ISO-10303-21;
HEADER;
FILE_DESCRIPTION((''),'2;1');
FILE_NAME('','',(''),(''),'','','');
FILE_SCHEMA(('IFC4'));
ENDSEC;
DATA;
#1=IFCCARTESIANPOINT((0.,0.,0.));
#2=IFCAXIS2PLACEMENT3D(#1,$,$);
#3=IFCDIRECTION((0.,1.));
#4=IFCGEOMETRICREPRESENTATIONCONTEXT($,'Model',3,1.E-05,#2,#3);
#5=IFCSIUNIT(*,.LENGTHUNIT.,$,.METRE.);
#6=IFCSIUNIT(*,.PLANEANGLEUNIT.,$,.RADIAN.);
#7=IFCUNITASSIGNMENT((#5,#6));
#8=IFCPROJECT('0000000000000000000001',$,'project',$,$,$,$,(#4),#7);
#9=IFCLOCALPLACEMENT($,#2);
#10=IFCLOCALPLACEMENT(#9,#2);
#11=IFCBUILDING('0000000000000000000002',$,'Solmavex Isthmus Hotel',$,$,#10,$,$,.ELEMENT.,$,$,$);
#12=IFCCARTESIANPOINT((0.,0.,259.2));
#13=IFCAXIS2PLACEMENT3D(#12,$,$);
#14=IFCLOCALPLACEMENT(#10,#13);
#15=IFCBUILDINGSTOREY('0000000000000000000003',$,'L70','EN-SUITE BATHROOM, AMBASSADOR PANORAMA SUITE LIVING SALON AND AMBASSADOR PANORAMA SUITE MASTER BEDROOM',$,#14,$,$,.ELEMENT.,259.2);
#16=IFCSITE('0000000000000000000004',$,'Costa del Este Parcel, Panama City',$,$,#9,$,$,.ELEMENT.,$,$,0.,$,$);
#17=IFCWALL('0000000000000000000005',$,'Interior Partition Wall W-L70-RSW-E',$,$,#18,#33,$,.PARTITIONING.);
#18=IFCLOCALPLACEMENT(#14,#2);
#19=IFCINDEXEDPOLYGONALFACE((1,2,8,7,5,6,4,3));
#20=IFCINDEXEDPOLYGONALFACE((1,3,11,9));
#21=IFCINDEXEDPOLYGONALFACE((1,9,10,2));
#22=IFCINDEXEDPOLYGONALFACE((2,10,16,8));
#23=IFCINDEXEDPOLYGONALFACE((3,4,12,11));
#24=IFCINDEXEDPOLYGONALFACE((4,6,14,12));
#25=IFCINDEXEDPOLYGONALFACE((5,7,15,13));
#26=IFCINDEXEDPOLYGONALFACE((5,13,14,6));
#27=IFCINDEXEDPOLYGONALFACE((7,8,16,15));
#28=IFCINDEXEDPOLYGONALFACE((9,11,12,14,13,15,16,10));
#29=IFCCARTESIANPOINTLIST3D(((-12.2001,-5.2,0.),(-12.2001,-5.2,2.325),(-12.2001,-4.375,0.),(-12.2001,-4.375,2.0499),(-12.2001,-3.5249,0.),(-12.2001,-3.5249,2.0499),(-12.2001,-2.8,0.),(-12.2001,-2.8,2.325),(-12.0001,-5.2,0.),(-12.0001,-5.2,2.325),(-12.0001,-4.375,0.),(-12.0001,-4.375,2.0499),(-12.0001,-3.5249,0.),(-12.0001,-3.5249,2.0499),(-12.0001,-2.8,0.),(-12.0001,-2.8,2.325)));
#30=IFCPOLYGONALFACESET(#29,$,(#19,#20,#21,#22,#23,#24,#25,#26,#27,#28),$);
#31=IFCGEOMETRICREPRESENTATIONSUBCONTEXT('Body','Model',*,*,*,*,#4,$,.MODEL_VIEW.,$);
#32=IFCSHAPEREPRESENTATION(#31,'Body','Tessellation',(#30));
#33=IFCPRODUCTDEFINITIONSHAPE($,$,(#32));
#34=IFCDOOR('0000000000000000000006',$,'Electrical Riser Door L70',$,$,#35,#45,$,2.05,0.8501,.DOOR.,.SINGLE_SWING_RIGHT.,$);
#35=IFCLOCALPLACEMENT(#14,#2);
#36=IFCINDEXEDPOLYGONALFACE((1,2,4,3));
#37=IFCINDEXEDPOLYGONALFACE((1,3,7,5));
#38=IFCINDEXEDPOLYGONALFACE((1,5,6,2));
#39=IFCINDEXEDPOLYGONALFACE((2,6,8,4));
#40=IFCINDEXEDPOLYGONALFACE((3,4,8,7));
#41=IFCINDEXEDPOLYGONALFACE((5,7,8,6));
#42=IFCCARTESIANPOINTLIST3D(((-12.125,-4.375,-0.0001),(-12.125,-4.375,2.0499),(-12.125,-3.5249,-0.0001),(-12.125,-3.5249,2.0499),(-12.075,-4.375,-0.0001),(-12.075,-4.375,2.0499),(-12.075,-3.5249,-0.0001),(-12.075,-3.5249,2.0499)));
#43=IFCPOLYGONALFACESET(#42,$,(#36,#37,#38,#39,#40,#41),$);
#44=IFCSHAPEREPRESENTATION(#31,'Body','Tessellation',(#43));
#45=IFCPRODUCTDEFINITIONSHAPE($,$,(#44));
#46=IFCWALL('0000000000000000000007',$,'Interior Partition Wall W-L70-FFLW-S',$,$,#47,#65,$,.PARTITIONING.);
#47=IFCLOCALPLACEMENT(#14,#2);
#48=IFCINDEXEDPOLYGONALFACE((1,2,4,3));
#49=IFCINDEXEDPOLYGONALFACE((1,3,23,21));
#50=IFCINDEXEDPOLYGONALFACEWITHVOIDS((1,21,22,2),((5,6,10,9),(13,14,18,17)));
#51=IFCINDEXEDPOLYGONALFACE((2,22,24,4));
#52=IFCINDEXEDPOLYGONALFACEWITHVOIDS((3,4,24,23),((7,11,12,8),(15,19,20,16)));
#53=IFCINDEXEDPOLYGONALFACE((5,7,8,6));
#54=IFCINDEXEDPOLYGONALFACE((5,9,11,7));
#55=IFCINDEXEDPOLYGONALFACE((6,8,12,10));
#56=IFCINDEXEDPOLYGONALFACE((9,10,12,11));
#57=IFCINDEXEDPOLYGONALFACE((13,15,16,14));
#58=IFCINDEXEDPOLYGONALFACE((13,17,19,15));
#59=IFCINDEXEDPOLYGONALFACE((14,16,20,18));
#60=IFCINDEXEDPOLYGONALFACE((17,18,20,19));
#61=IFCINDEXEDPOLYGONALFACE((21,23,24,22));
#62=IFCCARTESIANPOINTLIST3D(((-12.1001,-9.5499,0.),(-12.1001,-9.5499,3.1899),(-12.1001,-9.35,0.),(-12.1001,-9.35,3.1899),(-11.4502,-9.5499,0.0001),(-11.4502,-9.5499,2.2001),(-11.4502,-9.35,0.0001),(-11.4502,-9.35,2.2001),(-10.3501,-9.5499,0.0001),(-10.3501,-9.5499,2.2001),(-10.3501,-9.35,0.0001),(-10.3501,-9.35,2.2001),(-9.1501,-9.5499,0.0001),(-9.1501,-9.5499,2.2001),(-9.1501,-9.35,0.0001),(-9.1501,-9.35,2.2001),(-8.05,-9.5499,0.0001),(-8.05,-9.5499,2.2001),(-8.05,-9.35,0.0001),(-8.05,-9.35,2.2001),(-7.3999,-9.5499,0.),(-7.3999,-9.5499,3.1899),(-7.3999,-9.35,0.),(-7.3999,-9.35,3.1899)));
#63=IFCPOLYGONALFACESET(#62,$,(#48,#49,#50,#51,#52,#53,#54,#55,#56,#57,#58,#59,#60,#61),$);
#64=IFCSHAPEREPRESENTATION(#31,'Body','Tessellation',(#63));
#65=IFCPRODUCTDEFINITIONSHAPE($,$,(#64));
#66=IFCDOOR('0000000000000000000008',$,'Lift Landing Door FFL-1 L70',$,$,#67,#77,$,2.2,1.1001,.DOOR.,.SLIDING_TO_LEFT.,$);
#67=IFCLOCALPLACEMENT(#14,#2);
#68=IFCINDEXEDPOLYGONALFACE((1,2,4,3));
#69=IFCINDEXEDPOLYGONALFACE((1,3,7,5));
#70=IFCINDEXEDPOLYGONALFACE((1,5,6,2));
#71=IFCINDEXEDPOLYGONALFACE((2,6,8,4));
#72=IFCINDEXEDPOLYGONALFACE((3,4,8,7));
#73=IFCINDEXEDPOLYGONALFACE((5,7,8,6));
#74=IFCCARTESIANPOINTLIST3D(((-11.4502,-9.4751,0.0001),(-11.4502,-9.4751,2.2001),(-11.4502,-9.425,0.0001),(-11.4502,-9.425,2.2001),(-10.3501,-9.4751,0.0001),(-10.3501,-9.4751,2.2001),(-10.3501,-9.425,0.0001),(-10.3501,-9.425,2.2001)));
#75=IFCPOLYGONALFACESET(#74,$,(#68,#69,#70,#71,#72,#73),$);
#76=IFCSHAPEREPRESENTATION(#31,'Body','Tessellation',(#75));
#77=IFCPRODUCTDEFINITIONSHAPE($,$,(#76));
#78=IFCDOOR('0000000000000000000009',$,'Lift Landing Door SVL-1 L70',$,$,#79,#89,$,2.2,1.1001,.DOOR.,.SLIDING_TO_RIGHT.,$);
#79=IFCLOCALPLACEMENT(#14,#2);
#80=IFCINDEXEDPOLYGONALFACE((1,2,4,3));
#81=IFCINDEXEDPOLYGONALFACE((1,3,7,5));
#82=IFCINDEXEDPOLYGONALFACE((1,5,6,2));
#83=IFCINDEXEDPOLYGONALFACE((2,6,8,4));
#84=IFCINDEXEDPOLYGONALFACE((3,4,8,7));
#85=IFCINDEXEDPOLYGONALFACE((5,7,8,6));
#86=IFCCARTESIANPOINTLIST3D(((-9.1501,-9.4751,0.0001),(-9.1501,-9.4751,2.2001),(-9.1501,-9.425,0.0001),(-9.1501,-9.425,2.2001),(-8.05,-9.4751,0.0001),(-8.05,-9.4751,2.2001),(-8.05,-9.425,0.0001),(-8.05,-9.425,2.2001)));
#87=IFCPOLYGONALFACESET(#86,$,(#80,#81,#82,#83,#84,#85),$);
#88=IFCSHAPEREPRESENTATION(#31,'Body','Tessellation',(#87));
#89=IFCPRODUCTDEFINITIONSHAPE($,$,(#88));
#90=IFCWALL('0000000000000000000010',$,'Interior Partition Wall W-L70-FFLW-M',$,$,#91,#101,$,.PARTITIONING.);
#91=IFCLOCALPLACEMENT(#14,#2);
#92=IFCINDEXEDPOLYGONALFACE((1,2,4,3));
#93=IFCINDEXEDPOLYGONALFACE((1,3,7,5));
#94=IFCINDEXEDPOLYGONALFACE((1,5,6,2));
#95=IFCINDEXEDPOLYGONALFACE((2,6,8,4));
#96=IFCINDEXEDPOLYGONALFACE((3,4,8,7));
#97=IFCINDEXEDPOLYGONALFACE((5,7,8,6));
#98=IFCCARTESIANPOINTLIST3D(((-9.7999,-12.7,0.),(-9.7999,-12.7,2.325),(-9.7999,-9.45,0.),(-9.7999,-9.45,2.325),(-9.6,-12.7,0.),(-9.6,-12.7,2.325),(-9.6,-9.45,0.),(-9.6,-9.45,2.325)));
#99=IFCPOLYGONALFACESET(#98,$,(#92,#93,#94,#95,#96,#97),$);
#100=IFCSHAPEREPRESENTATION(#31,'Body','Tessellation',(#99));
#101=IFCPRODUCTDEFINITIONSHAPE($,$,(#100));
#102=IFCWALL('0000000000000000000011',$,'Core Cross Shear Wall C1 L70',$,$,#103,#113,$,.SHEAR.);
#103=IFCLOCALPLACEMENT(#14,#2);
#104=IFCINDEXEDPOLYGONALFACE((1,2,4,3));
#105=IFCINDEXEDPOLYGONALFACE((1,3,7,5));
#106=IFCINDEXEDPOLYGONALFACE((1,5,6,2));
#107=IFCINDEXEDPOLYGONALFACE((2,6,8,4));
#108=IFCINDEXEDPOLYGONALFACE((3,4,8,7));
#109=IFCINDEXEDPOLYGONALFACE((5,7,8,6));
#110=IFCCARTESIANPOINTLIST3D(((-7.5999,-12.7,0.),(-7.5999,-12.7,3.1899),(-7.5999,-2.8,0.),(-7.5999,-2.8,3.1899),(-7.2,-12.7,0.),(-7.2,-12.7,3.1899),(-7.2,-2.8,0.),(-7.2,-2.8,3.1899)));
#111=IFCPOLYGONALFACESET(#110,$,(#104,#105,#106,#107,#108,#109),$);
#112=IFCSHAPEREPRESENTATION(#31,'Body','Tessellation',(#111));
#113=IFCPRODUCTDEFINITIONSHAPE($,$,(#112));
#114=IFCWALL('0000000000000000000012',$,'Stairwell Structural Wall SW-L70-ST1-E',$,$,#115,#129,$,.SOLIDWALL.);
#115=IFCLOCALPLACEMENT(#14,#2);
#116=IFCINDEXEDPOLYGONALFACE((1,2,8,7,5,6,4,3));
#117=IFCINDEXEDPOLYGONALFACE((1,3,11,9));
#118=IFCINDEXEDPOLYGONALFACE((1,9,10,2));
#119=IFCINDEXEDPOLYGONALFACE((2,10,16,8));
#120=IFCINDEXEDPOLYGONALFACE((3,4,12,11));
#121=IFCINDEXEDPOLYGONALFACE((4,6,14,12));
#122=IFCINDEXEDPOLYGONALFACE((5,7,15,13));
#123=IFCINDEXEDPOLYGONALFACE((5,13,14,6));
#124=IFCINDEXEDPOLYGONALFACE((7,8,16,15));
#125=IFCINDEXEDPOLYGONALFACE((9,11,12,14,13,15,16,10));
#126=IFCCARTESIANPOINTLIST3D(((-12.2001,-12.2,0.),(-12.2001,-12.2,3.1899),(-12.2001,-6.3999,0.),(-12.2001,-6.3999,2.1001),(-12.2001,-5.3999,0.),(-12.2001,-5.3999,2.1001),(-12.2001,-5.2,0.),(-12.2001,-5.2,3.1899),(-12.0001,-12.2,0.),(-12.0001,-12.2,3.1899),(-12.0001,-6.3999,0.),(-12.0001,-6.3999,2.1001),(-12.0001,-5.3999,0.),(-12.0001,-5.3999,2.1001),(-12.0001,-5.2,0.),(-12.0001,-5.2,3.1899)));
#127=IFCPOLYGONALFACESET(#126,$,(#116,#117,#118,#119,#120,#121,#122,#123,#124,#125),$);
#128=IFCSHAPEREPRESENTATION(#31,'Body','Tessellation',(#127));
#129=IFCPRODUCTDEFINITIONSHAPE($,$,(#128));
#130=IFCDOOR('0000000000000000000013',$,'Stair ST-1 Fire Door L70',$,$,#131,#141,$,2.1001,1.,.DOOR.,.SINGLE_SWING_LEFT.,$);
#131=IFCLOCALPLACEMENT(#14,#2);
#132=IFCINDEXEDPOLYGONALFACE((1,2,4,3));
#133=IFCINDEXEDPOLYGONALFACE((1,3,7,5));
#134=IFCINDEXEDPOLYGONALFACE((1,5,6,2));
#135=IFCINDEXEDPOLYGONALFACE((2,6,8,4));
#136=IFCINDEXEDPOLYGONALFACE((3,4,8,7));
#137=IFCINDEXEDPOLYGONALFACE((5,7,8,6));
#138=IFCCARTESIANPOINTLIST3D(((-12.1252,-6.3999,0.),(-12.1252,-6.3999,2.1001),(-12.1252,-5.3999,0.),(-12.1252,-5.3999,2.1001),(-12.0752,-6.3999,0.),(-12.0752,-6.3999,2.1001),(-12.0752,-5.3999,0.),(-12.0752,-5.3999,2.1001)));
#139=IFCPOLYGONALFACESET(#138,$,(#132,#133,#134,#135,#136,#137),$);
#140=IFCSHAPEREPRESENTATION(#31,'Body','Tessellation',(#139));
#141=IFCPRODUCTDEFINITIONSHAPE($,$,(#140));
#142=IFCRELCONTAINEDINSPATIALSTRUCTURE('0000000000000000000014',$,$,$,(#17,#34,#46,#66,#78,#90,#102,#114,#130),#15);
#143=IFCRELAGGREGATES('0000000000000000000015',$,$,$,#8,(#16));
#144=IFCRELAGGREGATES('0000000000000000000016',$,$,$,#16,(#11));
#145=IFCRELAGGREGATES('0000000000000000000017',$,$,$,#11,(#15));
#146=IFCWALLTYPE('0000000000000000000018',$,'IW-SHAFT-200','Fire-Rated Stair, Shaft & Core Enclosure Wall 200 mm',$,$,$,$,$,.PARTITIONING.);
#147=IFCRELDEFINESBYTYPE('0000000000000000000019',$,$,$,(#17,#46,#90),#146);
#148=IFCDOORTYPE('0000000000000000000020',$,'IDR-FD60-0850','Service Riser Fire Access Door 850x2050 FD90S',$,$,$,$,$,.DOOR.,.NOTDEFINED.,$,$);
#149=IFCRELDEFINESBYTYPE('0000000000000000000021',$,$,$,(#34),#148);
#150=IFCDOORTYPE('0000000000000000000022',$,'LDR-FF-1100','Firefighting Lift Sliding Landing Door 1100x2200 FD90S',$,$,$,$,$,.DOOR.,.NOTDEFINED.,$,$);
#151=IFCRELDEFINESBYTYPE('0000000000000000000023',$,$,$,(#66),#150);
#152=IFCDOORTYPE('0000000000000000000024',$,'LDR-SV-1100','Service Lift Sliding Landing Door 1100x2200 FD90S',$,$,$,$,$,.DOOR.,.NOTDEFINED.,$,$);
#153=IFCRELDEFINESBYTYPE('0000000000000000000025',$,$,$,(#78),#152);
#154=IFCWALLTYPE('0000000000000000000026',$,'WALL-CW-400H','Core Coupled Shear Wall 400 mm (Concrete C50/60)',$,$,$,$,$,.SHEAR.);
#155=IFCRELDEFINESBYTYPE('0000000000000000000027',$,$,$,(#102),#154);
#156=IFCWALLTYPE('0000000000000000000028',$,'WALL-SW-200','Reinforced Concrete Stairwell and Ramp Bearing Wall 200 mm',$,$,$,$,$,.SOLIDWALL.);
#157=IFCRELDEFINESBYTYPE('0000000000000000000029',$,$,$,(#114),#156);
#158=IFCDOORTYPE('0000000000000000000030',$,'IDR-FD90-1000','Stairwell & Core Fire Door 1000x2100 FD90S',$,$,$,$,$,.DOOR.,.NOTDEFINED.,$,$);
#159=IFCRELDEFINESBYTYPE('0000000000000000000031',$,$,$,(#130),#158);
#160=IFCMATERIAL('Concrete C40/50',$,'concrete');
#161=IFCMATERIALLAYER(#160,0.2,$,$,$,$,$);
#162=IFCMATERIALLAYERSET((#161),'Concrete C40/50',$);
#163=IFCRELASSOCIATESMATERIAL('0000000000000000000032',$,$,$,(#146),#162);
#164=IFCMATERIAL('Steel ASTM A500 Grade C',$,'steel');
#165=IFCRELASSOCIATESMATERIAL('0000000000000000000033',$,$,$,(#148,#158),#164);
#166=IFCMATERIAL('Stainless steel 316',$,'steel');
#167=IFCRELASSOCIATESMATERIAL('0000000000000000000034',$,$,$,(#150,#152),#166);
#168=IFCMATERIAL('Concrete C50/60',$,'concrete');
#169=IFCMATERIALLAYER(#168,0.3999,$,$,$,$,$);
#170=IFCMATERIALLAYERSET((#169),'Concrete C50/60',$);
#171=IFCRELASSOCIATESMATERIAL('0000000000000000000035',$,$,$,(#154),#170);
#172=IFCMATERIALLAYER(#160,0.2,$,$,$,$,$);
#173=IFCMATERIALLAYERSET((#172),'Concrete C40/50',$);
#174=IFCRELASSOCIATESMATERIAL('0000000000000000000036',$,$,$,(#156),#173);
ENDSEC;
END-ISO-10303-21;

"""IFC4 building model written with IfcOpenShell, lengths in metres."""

from ifc_helpers import new_model, si_unit, direction, frame, frame_2d, origin, place, context, subcontext, project, spatial, rectangle, extrude, material, layer, layer_set, type_object, element, fill, save


model = new_model("IFC4")

# Units and contexts
model_context = context("Model", 3, precision=1e-05, world=origin(), true_north=direction((0.0, 1.0)))
body_context = subcontext(model_context, "Body", "Model", "MODEL_VIEW")
ifc_project = project(units=[si_unit("LENGTHUNIT", "METRE"), si_unit("PLANEANGLEUNIT", "RADIAN")], contexts=[model_context])

# Site, building, storey
site_placement = place(None, origin())
site = spatial("IfcSite", under=ifc_project, at=site_placement, Name="Costa del Este Parcel, Panama City", CompositionType="ELEMENT", RefElevation=0.0)
building_placement = place(site_placement, origin())
building = spatial("IfcBuilding", under=site, at=building_placement, Name="Solmavex Isthmus Hotel", CompositionType="ELEMENT")
storey_placement = place(building_placement, frame((0.0, 0.0, 259.2)))
storey = spatial("IfcBuildingStorey", under=building, at=storey_placement, Name="L70", Description="EN-SUITE BATHROOM, AMBASSADOR PANORAMA SUITE LIVING SALON AND AMBASSADOR PANORAMA SUITE MASTER BEDROOM", CompositionType="ELEMENT", Elevation=259.2)

# Shared definitions
ifc_material_1 = material(Name="Concrete C50/60", Category="concrete")

# Wall, opening, door
ifc_material_2 = material(Name="Concrete C40/50", Category="concrete")
ifc_layer_1 = layer(ifc_material_2, 0.2)
ifc_layer_set_1 = layer_set([ifc_layer_1], Name="Concrete C40/50")
wall_type_1 = type_object("IfcWallType", Name="IW-SHAFT-200", Description="Fire-Rated Stair, Shaft & Core Enclosure Wall 200 mm", PredefinedType="PARTITIONING", material=ifc_layer_set_1)
wall_1_placement = place(storey_placement, frame((-12.1001, -5.2, 0.0), z_axis=(0.0, 0.0, 1.0), x_axis=(0.0, 1.0, 0.0)))
wall_1 = element("IfcWall", 1, at=wall_1_placement, inside=storey, type_object=wall_type_1, Name="Interior Partition Wall W-L70-RSW-E", PredefinedType="PARTITIONING", context=body_context, shape_type="SweptSolid", body=[
    extrude(rectangle(XDim=2.3999, YDim=0.2, at=frame_2d((1.2, 0.0))), origin(), (0.0, 0.0, 1.0), 2.325),
])
opening_1_placement = place(wall_1_placement, frame((0.825, 0.0, 0.0)))
opening_1 = element("IfcOpeningElement", 2, at=opening_1_placement, cuts=wall_1, PredefinedType="OPENING", context=body_context, shape_type="SweptSolid", body=[
    extrude(rectangle(XDim=0.8501, YDim=2.05, at=frame_2d((0.425, 1.0249))), frame((0.0, 0.1099, 0.0), z_axis=(0.0, -1.0, 0.0), x_axis=(1.0, 0.0, 0.0)), (0.0, 0.0, 1.0), 0.22),
])
ifc_material_3 = material(Name="Steel ASTM A500 Grade C", Category="steel")
door_type_1 = type_object("IfcDoorType", Name="IDR-FD60-0850", Description="Service Riser Fire Access Door 850x2050 FD90S", OperationType="NOTDEFINED", PredefinedType="DOOR", material=ifc_material_3)
door_1_placement = place(opening_1_placement, origin())
door_1 = element("IfcDoor", 3, at=door_1_placement, inside=storey, type_object=door_type_1, Name="Electrical Riser Door L70", OperationType="SINGLE_SWING_RIGHT", OverallHeight=2.05, OverallWidth=0.8501, PredefinedType="DOOR", context=body_context, shape_type="SweptSolid", body=[
    extrude(rectangle(XDim=0.8501, YDim=2.05, at=frame_2d((0.425, 1.0249))), frame((0.0, 0.0249, 0.0), z_axis=(0.0, -1.0, 0.0), x_axis=(1.0, 0.0, 0.0)), (0.0, 0.0, 1.0), 0.05),
])
fill(opening_1, door_1)

# Wall, openings, doors
wall_2_placement = place(storey_placement, frame((-12.1001, -9.45, 0.0), z_axis=(0.0, 0.0, 1.0), x_axis=(1.0, 0.0, 0.0)))
wall_2 = element("IfcWall", 4, at=wall_2_placement, inside=storey, type_object=wall_type_1, Name="Interior Partition Wall W-L70-FFLW-S", PredefinedType="PARTITIONING", context=body_context, shape_type="SweptSolid", body=[
    extrude(rectangle(XDim=4.7002, YDim=0.2, at=frame_2d((2.3501, 0.0))), origin(), (0.0, 0.0, 1.0), 3.1899),
])
opening_2_placement = place(wall_2_placement, frame((0.6499, 0.0, 0.0)))
opening_2 = element("IfcOpeningElement", 5, at=opening_2_placement, cuts=wall_2, PredefinedType="OPENING", context=body_context, shape_type="SweptSolid", body=[
    extrude(rectangle(XDim=1.1001, YDim=2.2, at=frame_2d((0.55, 1.1001))), frame((0.0, 0.1099, 0.0), z_axis=(0.0, -1.0, 0.0), x_axis=(1.0, 0.0, 0.0)), (0.0, 0.0, 1.0), 0.22),
])
opening_3_placement = place(wall_2_placement, frame((2.95, 0.0, 0.0)))
opening_3 = element("IfcOpeningElement", 6, at=opening_3_placement, cuts=wall_2, PredefinedType="OPENING", context=body_context, shape_type="SweptSolid", body=[
    extrude(rectangle(XDim=1.1001, YDim=2.2, at=frame_2d((0.55, 1.1001))), frame((0.0, 0.1099, 0.0), z_axis=(0.0, -1.0, 0.0), x_axis=(1.0, 0.0, 0.0)), (0.0, 0.0, 1.0), 0.22),
])
ifc_material_4 = material(Name="Stainless steel 316", Category="steel")
door_type_2 = type_object("IfcDoorType", Name="LDR-FF-1100", Description="Firefighting Lift Sliding Landing Door 1100x2200 FD90S", OperationType="NOTDEFINED", PredefinedType="DOOR", material=ifc_material_4)
door_2_placement = place(opening_2_placement, origin())
door_2 = element("IfcDoor", 7, at=door_2_placement, inside=storey, type_object=door_type_2, Name="Lift Landing Door FFL-1 L70", OperationType="SLIDING_TO_LEFT", OverallHeight=2.2, OverallWidth=1.1001, PredefinedType="DOOR", context=body_context, shape_type="SweptSolid", body=[
    extrude(rectangle(XDim=1.1001, YDim=2.2, at=frame_2d((0.55, 1.1001))), frame((0.0, 0.0249, 0.0), z_axis=(0.0, -1.0, 0.0), x_axis=(1.0, 0.0, 0.0)), (0.0, 0.0, 1.0), 0.05),
])
fill(opening_2, door_2)
door_type_3 = type_object("IfcDoorType", Name="LDR-SV-1100", Description="Service Lift Sliding Landing Door 1100x2200 FD90S", OperationType="NOTDEFINED", PredefinedType="DOOR", material=ifc_material_4)
door_3_placement = place(opening_3_placement, origin())
door_3 = element("IfcDoor", 8, at=door_3_placement, inside=storey, type_object=door_type_3, Name="Lift Landing Door SVL-1 L70", OperationType="SLIDING_TO_RIGHT", OverallHeight=2.2, OverallWidth=1.1001, PredefinedType="DOOR", context=body_context, shape_type="SweptSolid", body=[
    extrude(rectangle(XDim=1.1001, YDim=2.2, at=frame_2d((0.55, 1.1001))), frame((0.0, 0.0249, 0.0), z_axis=(0.0, -1.0, 0.0), x_axis=(1.0, 0.0, 0.0)), (0.0, 0.0, 1.0), 0.05),
])
fill(opening_3, door_3)

# Walls
wall_3_placement = place(storey_placement, frame((-9.7, -12.7, 0.0), z_axis=(0.0, 0.0, 1.0), x_axis=(0.0, 1.0, 0.0)))
element("IfcWall", 9, at=wall_3_placement, inside=storey, type_object=wall_type_1, Name="Interior Partition Wall W-L70-FFLW-M", PredefinedType="PARTITIONING", context=body_context, shape_type="SweptSolid", body=[
    extrude(rectangle(XDim=3.25, YDim=0.2, at=frame_2d((1.625, 0.0))), origin(), (0.0, 0.0, 1.0), 2.325),
])
ifc_layer_2 = layer(ifc_material_1, 0.3999)
ifc_layer_set_2 = layer_set([ifc_layer_2], Name="Concrete C50/60")
wall_type_2 = type_object("IfcWallType", Name="WALL-CW-400H", Description="Core Coupled Shear Wall 400 mm (Concrete C50/60)", PredefinedType="SHEAR", material=ifc_layer_set_2)
wall_4_placement = place(storey_placement, frame((-7.3999, -12.7, 0.0), z_axis=(0.0, 0.0, 1.0), x_axis=(0.0, 1.0, 0.0)))
element("IfcWall", 10, at=wall_4_placement, inside=storey, type_object=wall_type_2, Name="Core Cross Shear Wall C1 L70", PredefinedType="SHEAR", context=body_context, shape_type="SweptSolid", body=[
    extrude(rectangle(XDim=9.8999, YDim=0.3999, at=frame_2d((4.95, 0.0))), origin(), (0.0, 0.0, 1.0), 3.1899),
])

# Wall, opening, door
ifc_layer_3 = layer(ifc_material_2, 0.2)
ifc_layer_set_3 = layer_set([ifc_layer_3], Name="Concrete C40/50")
wall_type_3 = type_object("IfcWallType", Name="WALL-SW-200", Description="Reinforced Concrete Stairwell and Ramp Bearing Wall 200 mm", PredefinedType="SOLIDWALL", material=ifc_layer_set_3)
wall_5_placement = place(storey_placement, frame((-12.1001, -12.2, 0.0), z_axis=(0.0, 0.0, 1.0), x_axis=(0.0, 1.0, 0.0)))
wall_5 = element("IfcWall", 11, at=wall_5_placement, inside=storey, type_object=wall_type_3, Name="Stairwell Structural Wall SW-L70-ST1-E", PredefinedType="SOLIDWALL", context=body_context, shape_type="SweptSolid", body=[
    extrude(rectangle(XDim=7.0, YDim=0.2, at=frame_2d((3.5, 0.0))), origin(), (0.0, 0.0, 1.0), 3.1899),
])
opening_4_placement = place(wall_5_placement, frame((5.8, 0.0, 0.0)))
opening_4 = element("IfcOpeningElement", 12, at=opening_4_placement, cuts=wall_5, PredefinedType="OPENING", context=body_context, shape_type="SweptSolid", body=[
    extrude(rectangle(XDim=1.0, YDim=2.1001, at=frame_2d((0.5, 1.05))), frame((0.0, 0.1099, 0.0), z_axis=(0.0, -1.0, 0.0), x_axis=(1.0, 0.0, 0.0)), (0.0, 0.0, 1.0), 0.22),
])
door_type_4 = type_object("IfcDoorType", Name="IDR-FD90-1000", Description="Stairwell & Core Fire Door 1000x2100 FD90S", OperationType="NOTDEFINED", PredefinedType="DOOR", material=ifc_material_3)
door_4_placement = place(opening_4_placement, frame((1.0, 0.0, 0.0), z_axis=(0.0, 0.0, 1.0), x_axis=(-1.0, 0.0, 0.0)))
door_4 = element("IfcDoor", 13, at=door_4_placement, inside=storey, type_object=door_type_4, Name="Stair ST-1 Fire Door L70", OperationType="SINGLE_SWING_LEFT", OverallHeight=2.1001, OverallWidth=1.0, PredefinedType="DOOR", context=body_context, shape_type="SweptSolid", body=[
    extrude(rectangle(XDim=1.0, YDim=2.1001, at=frame_2d((0.5, 1.05))), frame((0.0, 0.0249, 0.0), z_axis=(0.0, -1.0, 0.0), x_axis=(1.0, 0.0, 0.0)), (0.0, 0.0, 1.0), 0.05),
])
fill(opening_4, door_4)

save(model, "model.ifc")
